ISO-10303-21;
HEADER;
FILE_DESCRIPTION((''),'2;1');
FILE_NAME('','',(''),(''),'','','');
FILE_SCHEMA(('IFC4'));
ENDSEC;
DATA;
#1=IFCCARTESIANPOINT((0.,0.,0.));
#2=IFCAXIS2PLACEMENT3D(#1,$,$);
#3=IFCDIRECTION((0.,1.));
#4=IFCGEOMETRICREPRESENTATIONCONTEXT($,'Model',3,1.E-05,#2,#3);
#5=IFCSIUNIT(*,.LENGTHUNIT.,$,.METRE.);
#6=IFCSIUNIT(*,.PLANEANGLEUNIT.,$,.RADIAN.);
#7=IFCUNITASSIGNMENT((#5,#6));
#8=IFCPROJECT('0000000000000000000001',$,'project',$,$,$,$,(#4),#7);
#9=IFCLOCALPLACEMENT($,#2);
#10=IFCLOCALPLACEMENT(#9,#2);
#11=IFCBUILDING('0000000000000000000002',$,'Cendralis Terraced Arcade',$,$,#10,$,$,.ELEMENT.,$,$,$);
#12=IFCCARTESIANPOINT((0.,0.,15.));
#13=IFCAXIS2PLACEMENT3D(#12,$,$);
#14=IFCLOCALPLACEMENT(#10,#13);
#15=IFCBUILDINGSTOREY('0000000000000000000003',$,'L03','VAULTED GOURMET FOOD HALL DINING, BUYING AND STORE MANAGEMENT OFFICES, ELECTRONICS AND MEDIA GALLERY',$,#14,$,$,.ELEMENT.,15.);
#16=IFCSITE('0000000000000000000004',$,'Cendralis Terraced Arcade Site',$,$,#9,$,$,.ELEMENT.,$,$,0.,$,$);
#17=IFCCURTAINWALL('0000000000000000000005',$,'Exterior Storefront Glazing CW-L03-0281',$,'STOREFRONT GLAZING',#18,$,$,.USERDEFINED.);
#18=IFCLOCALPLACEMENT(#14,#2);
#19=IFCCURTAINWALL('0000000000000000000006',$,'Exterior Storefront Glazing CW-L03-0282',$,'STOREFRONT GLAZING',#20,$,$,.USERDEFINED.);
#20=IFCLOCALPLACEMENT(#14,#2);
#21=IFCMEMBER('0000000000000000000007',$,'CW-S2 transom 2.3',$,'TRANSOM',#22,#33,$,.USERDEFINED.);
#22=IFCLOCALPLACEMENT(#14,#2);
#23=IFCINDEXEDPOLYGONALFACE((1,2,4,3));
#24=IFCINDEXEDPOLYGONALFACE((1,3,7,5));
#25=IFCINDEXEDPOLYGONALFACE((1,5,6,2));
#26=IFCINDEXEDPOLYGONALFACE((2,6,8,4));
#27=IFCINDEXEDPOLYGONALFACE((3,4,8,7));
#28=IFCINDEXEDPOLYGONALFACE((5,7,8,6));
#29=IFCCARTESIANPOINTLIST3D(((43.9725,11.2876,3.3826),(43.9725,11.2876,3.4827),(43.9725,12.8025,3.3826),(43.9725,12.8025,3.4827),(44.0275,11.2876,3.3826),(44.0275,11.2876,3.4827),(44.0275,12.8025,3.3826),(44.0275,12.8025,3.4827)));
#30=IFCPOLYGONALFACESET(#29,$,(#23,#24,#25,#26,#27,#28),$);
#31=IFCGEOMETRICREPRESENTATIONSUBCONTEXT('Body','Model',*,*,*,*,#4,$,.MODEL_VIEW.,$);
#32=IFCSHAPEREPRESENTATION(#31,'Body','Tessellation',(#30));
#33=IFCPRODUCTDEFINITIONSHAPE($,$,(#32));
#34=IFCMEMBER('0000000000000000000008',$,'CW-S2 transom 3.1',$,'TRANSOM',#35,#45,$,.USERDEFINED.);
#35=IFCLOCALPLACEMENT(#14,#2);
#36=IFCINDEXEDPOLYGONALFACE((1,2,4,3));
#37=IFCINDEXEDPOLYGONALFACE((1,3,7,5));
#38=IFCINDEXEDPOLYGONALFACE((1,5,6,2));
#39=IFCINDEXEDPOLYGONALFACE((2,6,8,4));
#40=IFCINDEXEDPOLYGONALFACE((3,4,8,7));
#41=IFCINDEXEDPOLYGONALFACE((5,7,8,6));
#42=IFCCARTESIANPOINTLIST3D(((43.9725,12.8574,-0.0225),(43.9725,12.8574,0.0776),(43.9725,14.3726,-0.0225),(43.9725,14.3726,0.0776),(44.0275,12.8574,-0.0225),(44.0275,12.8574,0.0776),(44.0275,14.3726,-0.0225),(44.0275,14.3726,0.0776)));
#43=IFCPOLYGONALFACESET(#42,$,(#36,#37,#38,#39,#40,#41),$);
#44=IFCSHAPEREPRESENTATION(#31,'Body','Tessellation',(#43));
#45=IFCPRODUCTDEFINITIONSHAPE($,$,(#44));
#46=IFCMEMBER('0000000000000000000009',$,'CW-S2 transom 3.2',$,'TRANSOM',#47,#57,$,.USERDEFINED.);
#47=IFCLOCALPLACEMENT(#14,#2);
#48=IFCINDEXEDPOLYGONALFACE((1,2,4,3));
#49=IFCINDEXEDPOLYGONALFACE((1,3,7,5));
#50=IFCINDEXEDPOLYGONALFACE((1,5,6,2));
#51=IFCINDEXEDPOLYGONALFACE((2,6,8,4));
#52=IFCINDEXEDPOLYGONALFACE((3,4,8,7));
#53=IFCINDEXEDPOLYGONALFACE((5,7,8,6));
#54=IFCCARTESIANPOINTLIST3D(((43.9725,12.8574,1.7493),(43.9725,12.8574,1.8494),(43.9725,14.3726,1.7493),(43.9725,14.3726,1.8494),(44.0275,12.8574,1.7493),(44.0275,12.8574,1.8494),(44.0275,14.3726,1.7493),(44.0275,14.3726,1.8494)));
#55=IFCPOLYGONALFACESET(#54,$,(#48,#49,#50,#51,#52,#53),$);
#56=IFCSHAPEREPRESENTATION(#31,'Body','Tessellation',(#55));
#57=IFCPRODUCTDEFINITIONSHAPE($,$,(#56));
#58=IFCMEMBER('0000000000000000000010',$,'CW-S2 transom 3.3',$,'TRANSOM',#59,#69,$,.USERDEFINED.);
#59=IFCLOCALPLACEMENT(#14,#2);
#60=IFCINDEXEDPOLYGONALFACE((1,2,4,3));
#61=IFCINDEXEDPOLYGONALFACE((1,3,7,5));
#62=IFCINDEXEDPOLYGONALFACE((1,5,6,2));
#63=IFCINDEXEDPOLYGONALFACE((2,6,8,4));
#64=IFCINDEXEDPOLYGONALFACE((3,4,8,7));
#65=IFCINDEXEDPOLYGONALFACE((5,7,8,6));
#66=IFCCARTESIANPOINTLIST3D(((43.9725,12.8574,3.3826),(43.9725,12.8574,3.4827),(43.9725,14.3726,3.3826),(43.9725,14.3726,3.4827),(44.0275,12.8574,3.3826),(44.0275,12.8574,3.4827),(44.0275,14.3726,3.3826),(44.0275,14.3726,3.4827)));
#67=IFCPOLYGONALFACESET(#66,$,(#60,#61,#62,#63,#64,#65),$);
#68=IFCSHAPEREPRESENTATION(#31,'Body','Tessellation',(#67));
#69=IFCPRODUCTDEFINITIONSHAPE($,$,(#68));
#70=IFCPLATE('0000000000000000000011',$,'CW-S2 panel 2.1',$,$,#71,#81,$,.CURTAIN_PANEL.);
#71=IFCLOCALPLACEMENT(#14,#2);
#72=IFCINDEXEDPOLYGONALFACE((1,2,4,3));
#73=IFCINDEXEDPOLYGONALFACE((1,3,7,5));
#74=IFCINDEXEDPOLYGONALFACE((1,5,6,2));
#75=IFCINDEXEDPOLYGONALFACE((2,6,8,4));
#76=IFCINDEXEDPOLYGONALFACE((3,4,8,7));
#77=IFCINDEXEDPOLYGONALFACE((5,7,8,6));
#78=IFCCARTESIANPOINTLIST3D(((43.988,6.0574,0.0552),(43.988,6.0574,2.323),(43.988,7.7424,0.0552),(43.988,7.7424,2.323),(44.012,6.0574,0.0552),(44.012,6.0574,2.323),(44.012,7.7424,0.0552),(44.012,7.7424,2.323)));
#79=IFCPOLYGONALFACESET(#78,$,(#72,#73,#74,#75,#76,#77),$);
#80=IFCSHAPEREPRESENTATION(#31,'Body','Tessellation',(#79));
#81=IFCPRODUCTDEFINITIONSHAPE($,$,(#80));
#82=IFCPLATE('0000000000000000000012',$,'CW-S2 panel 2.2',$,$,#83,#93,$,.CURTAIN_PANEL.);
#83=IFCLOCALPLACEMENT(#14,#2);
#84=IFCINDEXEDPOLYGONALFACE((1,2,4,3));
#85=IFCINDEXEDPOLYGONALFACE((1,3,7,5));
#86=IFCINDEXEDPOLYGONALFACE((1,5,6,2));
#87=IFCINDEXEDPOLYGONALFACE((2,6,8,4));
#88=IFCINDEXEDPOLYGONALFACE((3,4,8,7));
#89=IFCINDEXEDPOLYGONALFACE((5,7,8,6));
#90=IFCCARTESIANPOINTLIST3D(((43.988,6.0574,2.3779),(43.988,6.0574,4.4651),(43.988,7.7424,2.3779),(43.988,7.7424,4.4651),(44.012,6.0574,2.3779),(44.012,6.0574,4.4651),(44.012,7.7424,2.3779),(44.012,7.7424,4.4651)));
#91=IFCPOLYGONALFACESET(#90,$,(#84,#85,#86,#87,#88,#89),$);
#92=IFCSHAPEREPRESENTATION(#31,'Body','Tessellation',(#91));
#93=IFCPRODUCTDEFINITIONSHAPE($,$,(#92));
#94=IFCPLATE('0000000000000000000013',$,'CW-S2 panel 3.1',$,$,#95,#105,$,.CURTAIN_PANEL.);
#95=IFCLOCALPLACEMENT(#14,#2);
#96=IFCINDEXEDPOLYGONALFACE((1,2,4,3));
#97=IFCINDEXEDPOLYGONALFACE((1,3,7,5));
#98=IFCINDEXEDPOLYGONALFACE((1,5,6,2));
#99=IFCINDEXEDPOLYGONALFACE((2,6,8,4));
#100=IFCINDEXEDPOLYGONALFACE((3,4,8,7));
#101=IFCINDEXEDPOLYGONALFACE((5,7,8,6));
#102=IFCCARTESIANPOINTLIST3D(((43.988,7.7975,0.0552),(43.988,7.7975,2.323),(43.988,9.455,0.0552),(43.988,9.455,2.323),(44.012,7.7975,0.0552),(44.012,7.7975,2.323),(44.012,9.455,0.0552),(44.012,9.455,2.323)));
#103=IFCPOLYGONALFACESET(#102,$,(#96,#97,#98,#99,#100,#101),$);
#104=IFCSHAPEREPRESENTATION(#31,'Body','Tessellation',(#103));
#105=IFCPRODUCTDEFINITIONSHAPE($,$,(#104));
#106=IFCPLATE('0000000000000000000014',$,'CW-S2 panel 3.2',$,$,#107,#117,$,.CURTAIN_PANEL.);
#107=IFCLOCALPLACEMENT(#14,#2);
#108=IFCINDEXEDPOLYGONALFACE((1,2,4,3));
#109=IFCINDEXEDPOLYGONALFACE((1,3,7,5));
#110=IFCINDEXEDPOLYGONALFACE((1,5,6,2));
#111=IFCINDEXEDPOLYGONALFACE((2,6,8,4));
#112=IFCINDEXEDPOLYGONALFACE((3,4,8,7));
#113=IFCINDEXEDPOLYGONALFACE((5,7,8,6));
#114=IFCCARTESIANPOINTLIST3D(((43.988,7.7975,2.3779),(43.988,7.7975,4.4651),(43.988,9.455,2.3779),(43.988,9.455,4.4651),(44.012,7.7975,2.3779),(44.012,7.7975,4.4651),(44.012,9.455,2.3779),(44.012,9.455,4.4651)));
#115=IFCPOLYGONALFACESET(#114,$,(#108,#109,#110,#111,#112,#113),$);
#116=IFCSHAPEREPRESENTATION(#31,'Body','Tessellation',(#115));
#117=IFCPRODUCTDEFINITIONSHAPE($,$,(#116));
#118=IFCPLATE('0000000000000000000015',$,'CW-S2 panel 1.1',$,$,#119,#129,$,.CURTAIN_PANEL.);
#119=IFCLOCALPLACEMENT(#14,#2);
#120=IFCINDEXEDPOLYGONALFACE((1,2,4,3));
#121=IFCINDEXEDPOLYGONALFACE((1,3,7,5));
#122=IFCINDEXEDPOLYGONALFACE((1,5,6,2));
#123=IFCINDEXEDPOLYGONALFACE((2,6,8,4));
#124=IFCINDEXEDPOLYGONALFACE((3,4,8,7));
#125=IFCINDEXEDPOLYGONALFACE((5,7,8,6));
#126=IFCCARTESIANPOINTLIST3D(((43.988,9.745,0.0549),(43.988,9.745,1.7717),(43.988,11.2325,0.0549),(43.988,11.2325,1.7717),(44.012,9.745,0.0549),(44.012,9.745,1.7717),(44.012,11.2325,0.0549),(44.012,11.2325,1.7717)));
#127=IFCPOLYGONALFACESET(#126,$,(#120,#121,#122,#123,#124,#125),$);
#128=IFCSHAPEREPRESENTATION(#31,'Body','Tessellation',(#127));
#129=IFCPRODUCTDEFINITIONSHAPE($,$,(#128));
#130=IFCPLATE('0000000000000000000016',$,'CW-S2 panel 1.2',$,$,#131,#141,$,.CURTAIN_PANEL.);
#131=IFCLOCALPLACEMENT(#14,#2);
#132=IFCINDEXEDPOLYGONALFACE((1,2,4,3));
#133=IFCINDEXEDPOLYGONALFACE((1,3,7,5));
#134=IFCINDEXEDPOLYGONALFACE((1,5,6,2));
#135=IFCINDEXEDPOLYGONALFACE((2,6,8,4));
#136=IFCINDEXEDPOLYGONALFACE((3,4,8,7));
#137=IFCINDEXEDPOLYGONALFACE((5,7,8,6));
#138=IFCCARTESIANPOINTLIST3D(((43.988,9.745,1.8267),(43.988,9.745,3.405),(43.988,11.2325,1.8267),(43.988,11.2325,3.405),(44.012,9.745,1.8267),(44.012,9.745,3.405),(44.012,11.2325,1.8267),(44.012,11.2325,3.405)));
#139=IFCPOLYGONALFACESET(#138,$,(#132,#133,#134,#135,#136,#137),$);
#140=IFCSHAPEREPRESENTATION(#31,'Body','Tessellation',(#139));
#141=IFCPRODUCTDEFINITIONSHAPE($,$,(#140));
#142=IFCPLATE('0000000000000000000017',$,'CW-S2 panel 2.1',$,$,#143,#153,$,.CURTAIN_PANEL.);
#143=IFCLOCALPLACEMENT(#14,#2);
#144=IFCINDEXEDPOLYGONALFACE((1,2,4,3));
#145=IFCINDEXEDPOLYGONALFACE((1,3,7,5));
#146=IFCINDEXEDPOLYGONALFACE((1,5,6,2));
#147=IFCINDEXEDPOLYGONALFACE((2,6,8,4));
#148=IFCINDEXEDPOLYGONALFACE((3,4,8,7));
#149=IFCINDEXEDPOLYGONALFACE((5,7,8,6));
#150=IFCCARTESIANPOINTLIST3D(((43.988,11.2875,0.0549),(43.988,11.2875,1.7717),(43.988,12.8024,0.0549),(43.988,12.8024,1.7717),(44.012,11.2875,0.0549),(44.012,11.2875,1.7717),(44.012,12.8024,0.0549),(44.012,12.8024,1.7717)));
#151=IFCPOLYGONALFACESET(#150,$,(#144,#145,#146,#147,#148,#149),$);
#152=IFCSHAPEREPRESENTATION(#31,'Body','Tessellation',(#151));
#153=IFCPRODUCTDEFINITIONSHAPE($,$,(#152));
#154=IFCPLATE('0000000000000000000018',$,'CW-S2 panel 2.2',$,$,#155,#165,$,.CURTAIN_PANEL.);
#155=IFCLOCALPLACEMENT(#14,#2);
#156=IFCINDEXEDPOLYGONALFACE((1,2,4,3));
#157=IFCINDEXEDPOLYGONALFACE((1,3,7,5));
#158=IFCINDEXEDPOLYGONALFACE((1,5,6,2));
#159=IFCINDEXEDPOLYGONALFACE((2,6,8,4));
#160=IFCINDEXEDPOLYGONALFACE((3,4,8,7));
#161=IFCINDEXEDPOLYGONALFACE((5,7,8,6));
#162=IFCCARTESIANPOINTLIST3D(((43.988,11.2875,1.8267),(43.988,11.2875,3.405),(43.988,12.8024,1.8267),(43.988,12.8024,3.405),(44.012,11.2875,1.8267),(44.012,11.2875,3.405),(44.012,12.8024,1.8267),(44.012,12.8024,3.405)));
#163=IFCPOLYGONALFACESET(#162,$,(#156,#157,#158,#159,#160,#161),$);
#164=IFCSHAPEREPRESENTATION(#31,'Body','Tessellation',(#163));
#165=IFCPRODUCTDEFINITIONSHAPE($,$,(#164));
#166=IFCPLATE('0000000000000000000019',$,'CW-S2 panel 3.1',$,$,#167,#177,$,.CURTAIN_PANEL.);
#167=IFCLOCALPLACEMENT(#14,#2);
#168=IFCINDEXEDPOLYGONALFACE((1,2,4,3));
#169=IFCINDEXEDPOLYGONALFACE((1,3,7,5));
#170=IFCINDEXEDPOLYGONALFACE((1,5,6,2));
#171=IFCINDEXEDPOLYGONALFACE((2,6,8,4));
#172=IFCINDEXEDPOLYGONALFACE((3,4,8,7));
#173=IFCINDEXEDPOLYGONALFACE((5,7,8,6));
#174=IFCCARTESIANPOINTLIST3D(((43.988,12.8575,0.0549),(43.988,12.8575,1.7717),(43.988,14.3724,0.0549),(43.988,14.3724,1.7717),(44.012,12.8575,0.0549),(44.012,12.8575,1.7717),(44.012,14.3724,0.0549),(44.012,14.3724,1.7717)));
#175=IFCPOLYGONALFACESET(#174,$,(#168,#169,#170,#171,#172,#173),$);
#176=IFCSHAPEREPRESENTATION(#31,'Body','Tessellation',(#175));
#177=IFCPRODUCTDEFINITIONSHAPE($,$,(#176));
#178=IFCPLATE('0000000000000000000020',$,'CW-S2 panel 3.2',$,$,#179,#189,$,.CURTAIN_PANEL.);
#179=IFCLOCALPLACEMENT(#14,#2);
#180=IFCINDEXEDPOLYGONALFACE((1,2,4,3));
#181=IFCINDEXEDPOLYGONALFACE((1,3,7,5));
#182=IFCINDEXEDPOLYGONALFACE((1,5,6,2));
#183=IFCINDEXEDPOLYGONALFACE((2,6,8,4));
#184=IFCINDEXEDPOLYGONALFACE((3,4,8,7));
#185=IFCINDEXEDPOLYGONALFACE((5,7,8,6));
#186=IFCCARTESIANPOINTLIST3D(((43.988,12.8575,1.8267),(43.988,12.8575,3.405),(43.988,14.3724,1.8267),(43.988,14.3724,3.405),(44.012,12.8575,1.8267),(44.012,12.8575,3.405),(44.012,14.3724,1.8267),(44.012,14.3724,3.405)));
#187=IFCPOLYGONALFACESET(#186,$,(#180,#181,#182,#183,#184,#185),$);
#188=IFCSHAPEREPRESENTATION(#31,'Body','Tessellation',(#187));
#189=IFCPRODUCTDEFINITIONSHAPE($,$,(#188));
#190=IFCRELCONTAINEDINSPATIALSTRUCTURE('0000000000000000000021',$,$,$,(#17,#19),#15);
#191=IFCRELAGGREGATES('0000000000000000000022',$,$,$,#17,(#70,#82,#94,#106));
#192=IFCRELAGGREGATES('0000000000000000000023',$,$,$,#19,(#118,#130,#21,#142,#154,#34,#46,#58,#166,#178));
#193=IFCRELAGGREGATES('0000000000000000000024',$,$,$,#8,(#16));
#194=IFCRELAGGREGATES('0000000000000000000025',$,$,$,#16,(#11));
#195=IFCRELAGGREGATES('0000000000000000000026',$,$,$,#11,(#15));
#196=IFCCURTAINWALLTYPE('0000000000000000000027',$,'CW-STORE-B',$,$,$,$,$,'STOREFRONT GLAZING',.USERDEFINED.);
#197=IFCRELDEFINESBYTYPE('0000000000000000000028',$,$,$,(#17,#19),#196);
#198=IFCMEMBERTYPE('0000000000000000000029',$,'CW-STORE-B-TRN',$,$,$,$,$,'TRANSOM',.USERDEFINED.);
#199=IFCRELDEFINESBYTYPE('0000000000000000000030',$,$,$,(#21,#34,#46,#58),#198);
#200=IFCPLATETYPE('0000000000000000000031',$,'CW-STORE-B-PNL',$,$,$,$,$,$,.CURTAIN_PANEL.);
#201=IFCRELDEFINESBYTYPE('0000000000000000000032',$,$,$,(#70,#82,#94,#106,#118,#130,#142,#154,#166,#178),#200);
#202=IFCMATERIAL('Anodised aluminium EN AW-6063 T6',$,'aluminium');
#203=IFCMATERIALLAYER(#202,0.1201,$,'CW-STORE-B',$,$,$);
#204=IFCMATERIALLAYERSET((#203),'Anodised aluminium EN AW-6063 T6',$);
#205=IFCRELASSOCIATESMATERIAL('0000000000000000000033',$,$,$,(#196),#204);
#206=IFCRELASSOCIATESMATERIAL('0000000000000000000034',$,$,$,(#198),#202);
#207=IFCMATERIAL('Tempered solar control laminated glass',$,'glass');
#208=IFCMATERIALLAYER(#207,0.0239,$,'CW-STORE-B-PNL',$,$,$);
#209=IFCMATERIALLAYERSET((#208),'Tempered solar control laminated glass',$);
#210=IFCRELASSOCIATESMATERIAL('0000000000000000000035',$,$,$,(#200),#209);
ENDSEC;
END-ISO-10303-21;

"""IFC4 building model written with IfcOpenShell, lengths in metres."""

from ifc_helpers import new_model, si_unit, direction, frame, origin, origin_2d, place, context, subcontext, project, spatial, rectangle, extrude, material, layer, layer_set, material_profile, profile_set, type_object, element, aggregate, save


model = new_model("IFC4")

# Units and contexts
model_context = context("Model", 3, precision=1e-05, world=origin(), true_north=direction((0.0, 1.0)))
body_context = subcontext(model_context, "Body", "Model", "MODEL_VIEW")
ifc_project = project(units=[si_unit("LENGTHUNIT", "METRE"), si_unit("PLANEANGLEUNIT", "RADIAN")], contexts=[model_context])

# Site, building, storey
site_placement = place(None, origin())
site = spatial("IfcSite", under=ifc_project, at=site_placement, Name="Cendralis Terraced Arcade Site", CompositionType="ELEMENT", RefElevation=0.0)
building_placement = place(site_placement, origin())
building = spatial("IfcBuilding", under=site, at=building_placement, Name="Cendralis Terraced Arcade", CompositionType="ELEMENT")
storey_placement = place(building_placement, frame((0.0, 0.0, 15.0)))
storey = spatial("IfcBuildingStorey", under=building, at=storey_placement, Name="L03", Description="VAULTED GOURMET FOOD HALL DINING, BUYING AND STORE MANAGEMENT OFFICES, ELECTRONICS AND MEDIA GALLERY", CompositionType="ELEMENT", Elevation=15.0)

# Curtain walls
ifc_material_1 = material(Name="Anodised aluminium EN AW-6063 T6", Category="aluminium")
ifc_layer_1 = layer(ifc_material_1, 0.1201, Name="CW-STORE-B")
ifc_layer_set_1 = layer_set([ifc_layer_1], Name="Anodised aluminium EN AW-6063 T6")
curtain_wall_type = type_object("IfcCurtainWallType", Name="CW-STORE-B", ElementType="STOREFRONT GLAZING", PredefinedType="USERDEFINED", material=ifc_layer_set_1)
curtain_wall_1_placement = place(storey_placement, origin())
curtain_wall_1 = element("IfcCurtainWall", 1, at=curtain_wall_1_placement, inside=storey, type_object=curtain_wall_type, Name="Exterior Storefront Glazing CW-L03-0281", ObjectType="STOREFRONT GLAZING", PredefinedType="USERDEFINED")
curtain_wall_2_placement = place(storey_placement, origin())
curtain_wall_2 = element("IfcCurtainWall", 2, at=curtain_wall_2_placement, inside=storey, type_object=curtain_wall_type, Name="Exterior Storefront Glazing CW-L03-0282", ObjectType="STOREFRONT GLAZING", PredefinedType="USERDEFINED")

# Members
ifc_material_profile_1 = material_profile(ifc_material_1, rectangle(XDim=0.0549, YDim=0.1001, at=origin_2d()), Name="ALU-TRN-55x100")
ifc_profile_set_1 = profile_set([ifc_material_profile_1], Name="Anodised aluminium EN AW-6063 T6")
member_type_1 = type_object("IfcMemberType", Name="CW-STORE-B-TRN", ElementType="TRANSOM", PredefinedType="USERDEFINED", material=ifc_profile_set_1)
member_1_placement = place(storey_placement, frame((44.0, 11.2876, 3.4326), z_axis=(0.0, 1.0, 0.0), x_axis=(-1.0, 0.0, 0.0)))
member_1 = element("IfcMember", 3, at=member_1_placement, type_object=member_type_1, Name="CW-S2 transom 2.3", ObjectType="TRANSOM", PredefinedType="USERDEFINED", context=body_context, shape_type="SweptSolid", body=[
    extrude(rectangle(XDim=0.0549, YDim=0.1001, at=origin_2d()), origin(), (0.0, 0.0, 1.0), 1.5149),
])
member_2_placement = place(storey_placement, frame((44.0, 12.8574, 0.0276), z_axis=(0.0, 1.0, 0.0), x_axis=(-1.0, 0.0, 0.0)))
member_2 = element("IfcMember", 4, at=member_2_placement, type_object=member_type_1, Name="CW-S2 transom 3.1", ObjectType="TRANSOM", PredefinedType="USERDEFINED", context=body_context, shape_type="SweptSolid", body=[
    extrude(rectangle(XDim=0.0549, YDim=0.1001, at=origin_2d()), origin(), (0.0, 0.0, 1.0), 1.5151),
])
member_3_placement = place(storey_placement, frame((44.0, 12.8574, 1.7993), z_axis=(0.0, 1.0, 0.0), x_axis=(-1.0, 0.0, 0.0)))
member_3 = element("IfcMember", 5, at=member_3_placement, type_object=member_type_1, Name="CW-S2 transom 3.2", ObjectType="TRANSOM", PredefinedType="USERDEFINED", context=body_context, shape_type="SweptSolid", body=[
    extrude(rectangle(XDim=0.0549, YDim=0.1001, at=origin_2d()), origin(), (0.0, 0.0, 1.0), 1.5151),
])
member_4_placement = place(storey_placement, frame((44.0, 12.8574, 3.4326), z_axis=(0.0, 1.0, 0.0), x_axis=(-1.0, 0.0, 0.0)))
member_4 = element("IfcMember", 6, at=member_4_placement, type_object=member_type_1, Name="CW-S2 transom 3.3", ObjectType="TRANSOM", PredefinedType="USERDEFINED", context=body_context, shape_type="SweptSolid", body=[
    extrude(rectangle(XDim=0.0549, YDim=0.1001, at=origin_2d()), origin(), (0.0, 0.0, 1.0), 1.5151),
])

# Plates
ifc_material_2 = material(Name="Tempered solar control laminated glass", Category="glass")
ifc_layer_2 = layer(ifc_material_2, 0.0239, Name="CW-STORE-B-PNL")
ifc_layer_set_2 = layer_set([ifc_layer_2], Name="Tempered solar control laminated glass")
plate_type = type_object("IfcPlateType", Name="CW-STORE-B-PNL", PredefinedType="CURTAIN_PANEL", material=ifc_layer_set_2)
plate_1_placement = place(storey_placement, frame((44.0, 6.8999, 0.0552), z_axis=(0.0, 0.0, 1.0), x_axis=(0.0, 1.0, 0.0)))
plate_1 = element("IfcPlate", 7, at=plate_1_placement, type_object=plate_type, Name="CW-S2 panel 2.1", PredefinedType="CURTAIN_PANEL", context=body_context, shape_type="SweptSolid", body=[
    extrude(rectangle(XDim=1.6851, YDim=0.0239, at=origin_2d()), origin(), (0.0, 0.0, 1.0), 2.2678),
])
plate_2_placement = place(storey_placement, frame((44.0, 6.8999, 2.3779), z_axis=(0.0, 0.0, 1.0), x_axis=(0.0, 1.0, 0.0)))
plate_2 = element("IfcPlate", 8, at=plate_2_placement, type_object=plate_type, Name="CW-S2 panel 2.2", PredefinedType="CURTAIN_PANEL", context=body_context, shape_type="SweptSolid", body=[
    extrude(rectangle(XDim=1.6851, YDim=0.0239, at=origin_2d()), origin(), (0.0, 0.0, 1.0), 2.0872),
])
plate_3_placement = place(storey_placement, frame((44.0, 8.6262, 0.0552), z_axis=(0.0, 0.0, 1.0), x_axis=(0.0, 1.0, 0.0)))
plate_3 = element("IfcPlate", 9, at=plate_3_placement, type_object=plate_type, Name="CW-S2 panel 3.1", PredefinedType="CURTAIN_PANEL", context=body_context, shape_type="SweptSolid", body=[
    extrude(rectangle(XDim=1.6575, YDim=0.0239, at=origin_2d()), origin(), (0.0, 0.0, 1.0), 2.2678),
])
plate_4_placement = place(storey_placement, frame((44.0, 8.6262, 2.3779), z_axis=(0.0, 0.0, 1.0), x_axis=(0.0, 1.0, 0.0)))
plate_4 = element("IfcPlate", 10, at=plate_4_placement, type_object=plate_type, Name="CW-S2 panel 3.2", PredefinedType="CURTAIN_PANEL", context=body_context, shape_type="SweptSolid", body=[
    extrude(rectangle(XDim=1.6575, YDim=0.0239, at=origin_2d()), origin(), (0.0, 0.0, 1.0), 2.0872),
])
aggregate(curtain_wall_1, [plate_1, plate_2, plate_3, plate_4])
plate_5_placement = place(storey_placement, frame((44.0, 10.4888, 0.0549), z_axis=(0.0, 0.0, 1.0), x_axis=(0.0, 1.0, 0.0)))
plate_5 = element("IfcPlate", 11, at=plate_5_placement, type_object=plate_type, Name="CW-S2 panel 1.1", PredefinedType="CURTAIN_PANEL", context=body_context, shape_type="SweptSolid", body=[
    extrude(rectangle(XDim=1.4875, YDim=0.0239, at=origin_2d()), origin(), (0.0, 0.0, 1.0), 1.7168),
])
plate_6_placement = place(storey_placement, frame((44.0, 10.4888, 1.8267), z_axis=(0.0, 0.0, 1.0), x_axis=(0.0, 1.0, 0.0)))
plate_6 = element("IfcPlate", 12, at=plate_6_placement, type_object=plate_type, Name="CW-S2 panel 1.2", PredefinedType="CURTAIN_PANEL", context=body_context, shape_type="SweptSolid", body=[
    extrude(rectangle(XDim=1.4875, YDim=0.0239, at=origin_2d()), origin(), (0.0, 0.0, 1.0), 1.5784),
])
plate_7_placement = place(storey_placement, frame((44.0, 12.0449, 0.0549), z_axis=(0.0, 0.0, 1.0), x_axis=(0.0, 1.0, 0.0)))
plate_7 = element("IfcPlate", 13, at=plate_7_placement, type_object=plate_type, Name="CW-S2 panel 2.1", PredefinedType="CURTAIN_PANEL", context=body_context, shape_type="SweptSolid", body=[
    extrude(rectangle(XDim=1.5149, YDim=0.0239, at=origin_2d()), origin(), (0.0, 0.0, 1.0), 1.7168),
])
plate_8_placement = place(storey_placement, frame((44.0, 12.0449, 1.8267), z_axis=(0.0, 0.0, 1.0), x_axis=(0.0, 1.0, 0.0)))
plate_8 = element("IfcPlate", 14, at=plate_8_placement, type_object=plate_type, Name="CW-S2 panel 2.2", PredefinedType="CURTAIN_PANEL", context=body_context, shape_type="SweptSolid", body=[
    extrude(rectangle(XDim=1.5149, YDim=0.0239, at=origin_2d()), origin(), (0.0, 0.0, 1.0), 1.5784),
])
plate_9_placement = place(storey_placement, frame((44.0, 13.615, 0.0549), z_axis=(0.0, 0.0, 1.0), x_axis=(0.0, 1.0, 0.0)))
plate_9 = element("IfcPlate", 15, at=plate_9_placement, type_object=plate_type, Name="CW-S2 panel 3.1", PredefinedType="CURTAIN_PANEL", context=body_context, shape_type="SweptSolid", body=[
    extrude(rectangle(XDim=1.5149, YDim=0.0239, at=origin_2d()), origin(), (0.0, 0.0, 1.0), 1.7168),
])
plate_10_placement = place(storey_placement, frame((44.0, 13.615, 1.8267), z_axis=(0.0, 0.0, 1.0), x_axis=(0.0, 1.0, 0.0)))
plate_10 = element("IfcPlate", 16, at=plate_10_placement, type_object=plate_type, Name="CW-S2 panel 3.2", PredefinedType="CURTAIN_PANEL", context=body_context, shape_type="SweptSolid", body=[
    extrude(rectangle(XDim=1.5149, YDim=0.0239, at=origin_2d()), origin(), (0.0, 0.0, 1.0), 1.5784),
])
aggregate(curtain_wall_2, [plate_5, plate_6, member_1, plate_7, plate_8, member_2, member_3, member_4, plate_9, plate_10])

save(model, "model.ifc")
